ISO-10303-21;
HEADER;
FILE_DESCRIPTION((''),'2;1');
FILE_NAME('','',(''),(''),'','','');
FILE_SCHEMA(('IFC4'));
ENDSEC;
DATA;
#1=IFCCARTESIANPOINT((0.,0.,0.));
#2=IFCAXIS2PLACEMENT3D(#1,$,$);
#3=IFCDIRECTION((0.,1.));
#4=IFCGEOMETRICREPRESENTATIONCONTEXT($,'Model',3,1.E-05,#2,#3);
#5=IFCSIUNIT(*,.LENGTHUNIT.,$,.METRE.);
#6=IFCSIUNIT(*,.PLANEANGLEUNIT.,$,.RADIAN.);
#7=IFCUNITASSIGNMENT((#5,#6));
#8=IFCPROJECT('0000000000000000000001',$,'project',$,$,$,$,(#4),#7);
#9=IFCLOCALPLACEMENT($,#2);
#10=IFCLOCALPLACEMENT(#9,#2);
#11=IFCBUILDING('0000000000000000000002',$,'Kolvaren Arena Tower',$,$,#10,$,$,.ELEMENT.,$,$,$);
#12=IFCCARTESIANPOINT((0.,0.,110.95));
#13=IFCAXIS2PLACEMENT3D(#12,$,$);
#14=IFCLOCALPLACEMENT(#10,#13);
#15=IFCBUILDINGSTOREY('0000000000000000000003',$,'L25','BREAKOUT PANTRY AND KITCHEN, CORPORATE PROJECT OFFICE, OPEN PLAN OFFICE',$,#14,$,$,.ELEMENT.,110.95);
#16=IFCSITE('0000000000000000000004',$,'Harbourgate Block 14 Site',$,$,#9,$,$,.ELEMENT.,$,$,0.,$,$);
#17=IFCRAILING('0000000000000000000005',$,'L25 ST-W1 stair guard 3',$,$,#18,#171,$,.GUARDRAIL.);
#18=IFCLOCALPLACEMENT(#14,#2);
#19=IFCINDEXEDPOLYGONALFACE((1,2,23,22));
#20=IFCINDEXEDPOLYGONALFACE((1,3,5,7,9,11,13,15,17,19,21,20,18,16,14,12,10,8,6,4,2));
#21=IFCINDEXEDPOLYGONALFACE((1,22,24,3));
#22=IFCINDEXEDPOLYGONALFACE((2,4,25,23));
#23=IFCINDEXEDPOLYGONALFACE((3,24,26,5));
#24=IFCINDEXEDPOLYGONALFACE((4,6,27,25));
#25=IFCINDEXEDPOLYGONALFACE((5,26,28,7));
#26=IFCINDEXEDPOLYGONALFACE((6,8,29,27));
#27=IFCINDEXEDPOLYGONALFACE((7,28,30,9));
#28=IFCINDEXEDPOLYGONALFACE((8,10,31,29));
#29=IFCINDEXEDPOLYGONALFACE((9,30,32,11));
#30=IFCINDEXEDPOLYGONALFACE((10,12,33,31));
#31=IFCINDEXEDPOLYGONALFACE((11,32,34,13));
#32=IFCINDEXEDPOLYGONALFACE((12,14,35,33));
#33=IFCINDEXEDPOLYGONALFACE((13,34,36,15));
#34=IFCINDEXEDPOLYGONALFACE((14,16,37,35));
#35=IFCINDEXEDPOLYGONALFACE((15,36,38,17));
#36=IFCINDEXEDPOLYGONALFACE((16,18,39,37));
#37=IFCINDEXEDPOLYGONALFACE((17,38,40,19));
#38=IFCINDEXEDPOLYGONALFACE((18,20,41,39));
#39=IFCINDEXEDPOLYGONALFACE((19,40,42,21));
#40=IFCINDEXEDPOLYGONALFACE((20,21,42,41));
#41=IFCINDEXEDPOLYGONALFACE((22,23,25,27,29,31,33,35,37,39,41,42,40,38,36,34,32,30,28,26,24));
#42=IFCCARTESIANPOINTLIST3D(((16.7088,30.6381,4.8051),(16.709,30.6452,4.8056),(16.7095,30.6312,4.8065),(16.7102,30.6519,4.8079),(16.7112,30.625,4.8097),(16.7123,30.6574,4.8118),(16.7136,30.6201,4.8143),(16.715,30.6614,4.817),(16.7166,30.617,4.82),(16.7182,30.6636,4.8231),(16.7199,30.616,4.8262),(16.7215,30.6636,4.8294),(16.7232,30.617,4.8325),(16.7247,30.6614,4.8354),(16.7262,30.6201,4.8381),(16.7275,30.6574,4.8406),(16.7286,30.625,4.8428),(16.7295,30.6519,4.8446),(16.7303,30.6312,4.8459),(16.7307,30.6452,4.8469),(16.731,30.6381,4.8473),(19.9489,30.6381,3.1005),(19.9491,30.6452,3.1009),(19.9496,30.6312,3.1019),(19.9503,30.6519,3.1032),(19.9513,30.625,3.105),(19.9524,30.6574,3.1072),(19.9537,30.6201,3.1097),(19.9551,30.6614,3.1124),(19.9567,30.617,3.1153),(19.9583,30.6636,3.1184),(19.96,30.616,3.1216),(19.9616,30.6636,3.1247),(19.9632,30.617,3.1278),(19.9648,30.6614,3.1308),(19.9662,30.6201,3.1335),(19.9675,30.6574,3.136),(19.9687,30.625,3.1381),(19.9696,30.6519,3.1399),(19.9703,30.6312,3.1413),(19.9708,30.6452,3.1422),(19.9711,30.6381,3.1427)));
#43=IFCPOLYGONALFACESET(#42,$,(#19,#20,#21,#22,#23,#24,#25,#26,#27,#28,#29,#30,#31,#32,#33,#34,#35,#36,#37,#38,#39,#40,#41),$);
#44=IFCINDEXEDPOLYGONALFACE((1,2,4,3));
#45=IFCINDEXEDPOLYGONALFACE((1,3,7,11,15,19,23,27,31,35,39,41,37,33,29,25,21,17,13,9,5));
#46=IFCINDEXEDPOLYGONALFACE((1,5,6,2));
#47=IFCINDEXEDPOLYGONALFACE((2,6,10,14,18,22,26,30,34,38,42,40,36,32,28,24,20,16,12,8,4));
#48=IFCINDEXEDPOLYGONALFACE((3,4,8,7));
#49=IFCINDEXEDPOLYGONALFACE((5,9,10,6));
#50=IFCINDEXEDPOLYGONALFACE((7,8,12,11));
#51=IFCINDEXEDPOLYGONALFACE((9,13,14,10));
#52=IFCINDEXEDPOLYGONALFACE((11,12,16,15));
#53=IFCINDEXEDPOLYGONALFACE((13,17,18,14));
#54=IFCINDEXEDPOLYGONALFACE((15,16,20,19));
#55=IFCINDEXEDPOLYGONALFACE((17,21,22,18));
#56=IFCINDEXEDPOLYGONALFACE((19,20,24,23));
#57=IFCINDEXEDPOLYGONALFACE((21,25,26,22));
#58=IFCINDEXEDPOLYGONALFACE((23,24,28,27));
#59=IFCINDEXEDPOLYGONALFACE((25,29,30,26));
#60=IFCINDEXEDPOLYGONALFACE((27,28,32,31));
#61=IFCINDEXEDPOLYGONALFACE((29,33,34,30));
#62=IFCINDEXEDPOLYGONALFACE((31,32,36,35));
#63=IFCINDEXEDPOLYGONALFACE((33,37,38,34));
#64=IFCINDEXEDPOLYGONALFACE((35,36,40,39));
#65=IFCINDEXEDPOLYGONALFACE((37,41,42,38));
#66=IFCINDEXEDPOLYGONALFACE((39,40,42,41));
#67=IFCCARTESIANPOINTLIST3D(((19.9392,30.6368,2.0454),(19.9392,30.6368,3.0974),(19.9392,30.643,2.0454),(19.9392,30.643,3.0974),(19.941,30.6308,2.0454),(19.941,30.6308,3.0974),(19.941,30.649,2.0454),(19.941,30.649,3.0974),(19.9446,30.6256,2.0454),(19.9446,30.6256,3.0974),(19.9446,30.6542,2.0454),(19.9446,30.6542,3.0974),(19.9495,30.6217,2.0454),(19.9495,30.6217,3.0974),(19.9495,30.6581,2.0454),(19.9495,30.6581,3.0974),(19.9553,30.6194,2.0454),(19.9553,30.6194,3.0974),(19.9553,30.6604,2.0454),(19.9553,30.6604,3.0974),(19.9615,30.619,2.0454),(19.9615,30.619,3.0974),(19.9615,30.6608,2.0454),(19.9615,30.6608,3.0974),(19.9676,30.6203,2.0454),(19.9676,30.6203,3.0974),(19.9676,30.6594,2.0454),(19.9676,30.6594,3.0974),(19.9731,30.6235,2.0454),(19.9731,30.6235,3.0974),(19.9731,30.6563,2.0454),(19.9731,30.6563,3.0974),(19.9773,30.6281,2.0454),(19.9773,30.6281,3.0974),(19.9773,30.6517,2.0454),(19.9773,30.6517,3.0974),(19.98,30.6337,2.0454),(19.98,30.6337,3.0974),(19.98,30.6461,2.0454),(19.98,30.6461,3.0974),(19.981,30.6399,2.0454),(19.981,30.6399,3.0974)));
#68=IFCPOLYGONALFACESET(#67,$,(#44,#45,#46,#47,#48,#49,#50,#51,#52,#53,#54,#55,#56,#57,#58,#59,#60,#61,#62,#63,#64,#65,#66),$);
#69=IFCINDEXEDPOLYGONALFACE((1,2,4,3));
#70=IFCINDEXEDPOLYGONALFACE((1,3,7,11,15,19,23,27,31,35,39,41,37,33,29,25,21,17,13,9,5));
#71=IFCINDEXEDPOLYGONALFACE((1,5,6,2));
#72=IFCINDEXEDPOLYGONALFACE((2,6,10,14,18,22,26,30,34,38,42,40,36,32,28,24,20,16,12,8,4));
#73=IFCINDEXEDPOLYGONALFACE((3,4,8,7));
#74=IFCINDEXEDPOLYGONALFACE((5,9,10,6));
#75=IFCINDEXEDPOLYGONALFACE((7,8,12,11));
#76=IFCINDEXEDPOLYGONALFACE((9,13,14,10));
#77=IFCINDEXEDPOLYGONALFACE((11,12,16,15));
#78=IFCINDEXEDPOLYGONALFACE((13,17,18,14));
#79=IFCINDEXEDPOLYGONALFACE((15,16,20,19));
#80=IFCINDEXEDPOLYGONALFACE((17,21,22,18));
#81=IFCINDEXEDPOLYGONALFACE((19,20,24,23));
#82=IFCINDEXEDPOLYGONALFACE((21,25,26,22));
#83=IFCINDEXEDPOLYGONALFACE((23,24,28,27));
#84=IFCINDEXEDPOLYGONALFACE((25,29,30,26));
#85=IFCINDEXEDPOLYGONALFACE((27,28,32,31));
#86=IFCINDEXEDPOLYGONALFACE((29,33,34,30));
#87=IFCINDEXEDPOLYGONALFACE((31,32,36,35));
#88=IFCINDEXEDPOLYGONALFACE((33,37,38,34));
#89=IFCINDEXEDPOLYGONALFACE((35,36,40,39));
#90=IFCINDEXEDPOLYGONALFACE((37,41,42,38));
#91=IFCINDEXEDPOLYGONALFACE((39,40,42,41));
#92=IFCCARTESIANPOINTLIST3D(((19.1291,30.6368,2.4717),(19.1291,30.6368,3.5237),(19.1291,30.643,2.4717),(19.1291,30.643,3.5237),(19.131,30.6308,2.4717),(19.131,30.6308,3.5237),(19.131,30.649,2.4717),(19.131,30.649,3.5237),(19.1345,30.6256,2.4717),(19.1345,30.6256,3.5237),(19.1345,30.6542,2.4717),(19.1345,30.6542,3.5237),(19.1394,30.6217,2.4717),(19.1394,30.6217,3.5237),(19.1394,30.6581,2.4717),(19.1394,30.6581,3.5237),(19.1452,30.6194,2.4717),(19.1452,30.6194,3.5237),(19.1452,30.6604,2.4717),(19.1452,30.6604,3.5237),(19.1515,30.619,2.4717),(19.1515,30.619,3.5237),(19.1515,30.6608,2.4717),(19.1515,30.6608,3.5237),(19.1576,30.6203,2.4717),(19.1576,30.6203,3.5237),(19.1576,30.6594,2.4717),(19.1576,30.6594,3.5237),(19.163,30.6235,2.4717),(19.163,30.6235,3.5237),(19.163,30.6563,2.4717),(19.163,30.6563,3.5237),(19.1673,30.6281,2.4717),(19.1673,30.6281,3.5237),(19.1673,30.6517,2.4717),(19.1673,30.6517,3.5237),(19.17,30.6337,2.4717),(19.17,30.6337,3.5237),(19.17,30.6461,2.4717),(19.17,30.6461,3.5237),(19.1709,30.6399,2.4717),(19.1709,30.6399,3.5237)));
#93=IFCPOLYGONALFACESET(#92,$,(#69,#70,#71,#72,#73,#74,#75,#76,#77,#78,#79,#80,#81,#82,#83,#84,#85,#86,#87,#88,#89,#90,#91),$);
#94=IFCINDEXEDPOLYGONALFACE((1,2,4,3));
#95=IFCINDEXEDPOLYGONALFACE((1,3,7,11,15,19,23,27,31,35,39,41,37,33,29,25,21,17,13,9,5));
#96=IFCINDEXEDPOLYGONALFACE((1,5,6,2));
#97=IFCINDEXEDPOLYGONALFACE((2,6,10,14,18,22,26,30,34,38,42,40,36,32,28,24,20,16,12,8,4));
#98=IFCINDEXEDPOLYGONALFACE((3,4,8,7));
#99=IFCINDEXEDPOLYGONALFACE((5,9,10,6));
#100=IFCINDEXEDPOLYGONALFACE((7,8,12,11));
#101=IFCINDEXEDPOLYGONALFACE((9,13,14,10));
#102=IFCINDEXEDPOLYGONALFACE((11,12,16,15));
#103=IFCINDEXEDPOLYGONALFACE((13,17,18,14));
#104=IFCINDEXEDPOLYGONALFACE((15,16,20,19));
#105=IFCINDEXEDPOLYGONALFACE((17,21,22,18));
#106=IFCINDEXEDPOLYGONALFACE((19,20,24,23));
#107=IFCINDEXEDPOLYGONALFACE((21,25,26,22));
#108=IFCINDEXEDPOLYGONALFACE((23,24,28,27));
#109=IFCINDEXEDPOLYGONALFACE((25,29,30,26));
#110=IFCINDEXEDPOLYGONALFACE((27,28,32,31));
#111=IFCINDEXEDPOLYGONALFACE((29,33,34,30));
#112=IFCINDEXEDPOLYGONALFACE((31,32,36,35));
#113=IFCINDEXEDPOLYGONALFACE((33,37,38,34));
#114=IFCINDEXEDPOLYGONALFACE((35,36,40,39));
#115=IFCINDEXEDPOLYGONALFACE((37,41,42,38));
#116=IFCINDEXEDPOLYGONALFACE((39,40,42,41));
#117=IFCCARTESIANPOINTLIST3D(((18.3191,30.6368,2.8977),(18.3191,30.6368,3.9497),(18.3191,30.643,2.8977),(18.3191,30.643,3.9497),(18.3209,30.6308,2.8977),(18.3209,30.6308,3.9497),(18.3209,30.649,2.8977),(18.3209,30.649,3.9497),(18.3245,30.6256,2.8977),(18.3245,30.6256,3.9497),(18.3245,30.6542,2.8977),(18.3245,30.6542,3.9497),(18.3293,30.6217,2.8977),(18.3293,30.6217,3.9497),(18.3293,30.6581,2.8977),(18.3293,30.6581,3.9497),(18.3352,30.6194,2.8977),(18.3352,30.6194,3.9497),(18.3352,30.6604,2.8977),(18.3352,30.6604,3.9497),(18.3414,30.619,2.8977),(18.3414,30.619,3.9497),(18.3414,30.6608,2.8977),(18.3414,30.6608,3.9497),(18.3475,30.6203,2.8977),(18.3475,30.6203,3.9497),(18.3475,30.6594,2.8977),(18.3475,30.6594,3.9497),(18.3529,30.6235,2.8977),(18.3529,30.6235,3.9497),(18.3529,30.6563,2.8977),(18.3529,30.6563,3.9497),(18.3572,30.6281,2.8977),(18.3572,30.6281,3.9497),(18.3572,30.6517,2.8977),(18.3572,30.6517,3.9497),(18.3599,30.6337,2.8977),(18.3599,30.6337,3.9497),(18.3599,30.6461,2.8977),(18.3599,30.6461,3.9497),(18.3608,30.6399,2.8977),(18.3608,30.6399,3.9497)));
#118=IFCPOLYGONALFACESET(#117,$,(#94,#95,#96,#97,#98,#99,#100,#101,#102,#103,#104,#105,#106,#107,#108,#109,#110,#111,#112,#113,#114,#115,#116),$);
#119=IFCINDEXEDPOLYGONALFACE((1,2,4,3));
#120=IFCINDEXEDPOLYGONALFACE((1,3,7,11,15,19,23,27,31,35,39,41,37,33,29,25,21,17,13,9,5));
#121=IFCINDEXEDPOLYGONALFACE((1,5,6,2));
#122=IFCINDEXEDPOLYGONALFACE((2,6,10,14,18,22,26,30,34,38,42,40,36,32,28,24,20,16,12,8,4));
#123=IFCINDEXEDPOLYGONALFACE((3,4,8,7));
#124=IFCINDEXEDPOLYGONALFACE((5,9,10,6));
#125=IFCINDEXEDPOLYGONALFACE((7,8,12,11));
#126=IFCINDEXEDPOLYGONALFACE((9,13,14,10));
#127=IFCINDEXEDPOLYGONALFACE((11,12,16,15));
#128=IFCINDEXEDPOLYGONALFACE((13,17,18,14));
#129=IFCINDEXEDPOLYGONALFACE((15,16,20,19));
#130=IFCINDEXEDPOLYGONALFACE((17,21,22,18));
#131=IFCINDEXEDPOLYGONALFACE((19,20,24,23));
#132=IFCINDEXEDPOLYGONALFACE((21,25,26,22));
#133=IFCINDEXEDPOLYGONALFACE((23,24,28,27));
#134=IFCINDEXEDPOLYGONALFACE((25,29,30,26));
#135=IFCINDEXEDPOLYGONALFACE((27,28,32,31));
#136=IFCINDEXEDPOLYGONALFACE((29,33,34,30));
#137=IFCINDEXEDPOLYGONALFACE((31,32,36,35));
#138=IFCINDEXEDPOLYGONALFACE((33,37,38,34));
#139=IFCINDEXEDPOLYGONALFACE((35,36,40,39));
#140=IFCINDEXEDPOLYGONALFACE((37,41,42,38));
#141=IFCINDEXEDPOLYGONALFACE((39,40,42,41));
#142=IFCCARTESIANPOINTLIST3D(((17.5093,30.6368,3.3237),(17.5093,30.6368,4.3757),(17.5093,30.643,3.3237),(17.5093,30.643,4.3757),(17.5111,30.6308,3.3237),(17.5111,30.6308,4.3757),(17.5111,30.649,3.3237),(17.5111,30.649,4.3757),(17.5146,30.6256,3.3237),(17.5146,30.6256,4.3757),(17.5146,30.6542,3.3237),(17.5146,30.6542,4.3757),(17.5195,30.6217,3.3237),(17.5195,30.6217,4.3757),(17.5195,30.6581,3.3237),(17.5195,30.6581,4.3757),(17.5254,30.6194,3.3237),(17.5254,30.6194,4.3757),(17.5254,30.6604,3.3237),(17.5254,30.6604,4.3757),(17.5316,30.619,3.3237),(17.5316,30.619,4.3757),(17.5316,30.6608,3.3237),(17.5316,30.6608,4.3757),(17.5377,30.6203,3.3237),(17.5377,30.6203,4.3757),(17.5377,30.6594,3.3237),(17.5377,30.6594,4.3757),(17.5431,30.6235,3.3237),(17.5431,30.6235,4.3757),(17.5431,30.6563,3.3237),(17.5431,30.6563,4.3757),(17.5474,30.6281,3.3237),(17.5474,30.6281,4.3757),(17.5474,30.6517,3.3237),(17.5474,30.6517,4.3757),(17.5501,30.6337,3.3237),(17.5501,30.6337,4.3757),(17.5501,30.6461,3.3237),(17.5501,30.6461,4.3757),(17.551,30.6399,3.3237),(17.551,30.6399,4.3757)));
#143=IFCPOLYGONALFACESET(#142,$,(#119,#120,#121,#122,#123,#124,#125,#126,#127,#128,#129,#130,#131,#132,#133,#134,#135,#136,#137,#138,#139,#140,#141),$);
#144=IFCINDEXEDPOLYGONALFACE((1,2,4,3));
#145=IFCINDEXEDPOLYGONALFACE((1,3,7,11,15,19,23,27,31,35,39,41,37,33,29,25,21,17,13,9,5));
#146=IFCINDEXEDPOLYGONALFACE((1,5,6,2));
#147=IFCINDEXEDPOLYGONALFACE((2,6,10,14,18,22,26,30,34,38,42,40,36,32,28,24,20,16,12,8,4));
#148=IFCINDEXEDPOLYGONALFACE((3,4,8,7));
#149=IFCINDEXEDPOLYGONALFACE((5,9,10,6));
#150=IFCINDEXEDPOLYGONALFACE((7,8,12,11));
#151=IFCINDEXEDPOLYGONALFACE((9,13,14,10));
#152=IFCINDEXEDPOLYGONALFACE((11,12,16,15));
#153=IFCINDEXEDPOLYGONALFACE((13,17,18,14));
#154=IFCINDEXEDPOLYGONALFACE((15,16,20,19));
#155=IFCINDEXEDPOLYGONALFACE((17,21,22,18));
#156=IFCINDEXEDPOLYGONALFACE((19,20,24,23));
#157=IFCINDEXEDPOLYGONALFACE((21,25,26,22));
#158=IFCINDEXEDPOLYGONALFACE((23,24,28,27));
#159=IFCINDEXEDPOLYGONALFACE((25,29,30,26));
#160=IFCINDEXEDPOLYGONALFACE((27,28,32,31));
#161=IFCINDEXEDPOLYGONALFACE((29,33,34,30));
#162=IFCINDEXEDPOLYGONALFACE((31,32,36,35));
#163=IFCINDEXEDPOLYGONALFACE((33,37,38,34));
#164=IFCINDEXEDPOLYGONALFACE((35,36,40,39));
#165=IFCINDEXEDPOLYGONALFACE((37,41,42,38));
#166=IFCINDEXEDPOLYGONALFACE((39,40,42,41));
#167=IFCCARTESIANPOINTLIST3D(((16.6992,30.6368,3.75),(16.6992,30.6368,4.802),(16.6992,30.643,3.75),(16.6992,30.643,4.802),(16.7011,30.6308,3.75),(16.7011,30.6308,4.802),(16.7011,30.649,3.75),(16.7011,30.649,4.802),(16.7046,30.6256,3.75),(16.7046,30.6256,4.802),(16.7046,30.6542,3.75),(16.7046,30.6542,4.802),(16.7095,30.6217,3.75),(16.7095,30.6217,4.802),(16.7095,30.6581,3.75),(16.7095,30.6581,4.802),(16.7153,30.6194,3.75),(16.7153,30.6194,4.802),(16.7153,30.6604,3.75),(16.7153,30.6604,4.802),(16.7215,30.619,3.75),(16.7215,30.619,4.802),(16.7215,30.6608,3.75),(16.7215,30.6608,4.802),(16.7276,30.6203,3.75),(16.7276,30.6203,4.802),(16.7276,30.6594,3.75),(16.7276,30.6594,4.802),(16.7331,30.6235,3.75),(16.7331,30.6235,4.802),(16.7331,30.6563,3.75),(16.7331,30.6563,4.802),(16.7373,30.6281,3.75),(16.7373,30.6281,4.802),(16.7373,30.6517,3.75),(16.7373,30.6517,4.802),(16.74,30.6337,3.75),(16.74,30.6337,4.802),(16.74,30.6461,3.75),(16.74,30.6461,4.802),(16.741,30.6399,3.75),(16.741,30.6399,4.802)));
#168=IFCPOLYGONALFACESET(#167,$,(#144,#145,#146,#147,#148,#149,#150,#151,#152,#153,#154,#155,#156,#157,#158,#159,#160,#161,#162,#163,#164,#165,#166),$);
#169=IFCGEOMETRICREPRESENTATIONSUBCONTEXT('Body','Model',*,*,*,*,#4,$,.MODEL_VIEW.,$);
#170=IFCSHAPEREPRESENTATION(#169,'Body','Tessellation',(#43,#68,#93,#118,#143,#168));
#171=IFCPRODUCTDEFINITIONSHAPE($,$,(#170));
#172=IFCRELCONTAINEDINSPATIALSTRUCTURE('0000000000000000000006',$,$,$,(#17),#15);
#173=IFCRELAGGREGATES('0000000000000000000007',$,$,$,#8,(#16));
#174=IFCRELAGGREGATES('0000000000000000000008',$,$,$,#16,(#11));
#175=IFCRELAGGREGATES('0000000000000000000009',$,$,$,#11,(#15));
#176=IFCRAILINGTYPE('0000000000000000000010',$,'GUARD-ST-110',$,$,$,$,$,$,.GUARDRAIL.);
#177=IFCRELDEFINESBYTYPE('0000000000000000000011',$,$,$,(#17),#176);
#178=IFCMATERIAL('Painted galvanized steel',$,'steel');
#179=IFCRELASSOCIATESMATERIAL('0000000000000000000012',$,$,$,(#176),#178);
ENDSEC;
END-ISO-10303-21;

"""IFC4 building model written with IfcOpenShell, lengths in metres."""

from ifc_helpers import new_model, si_unit, direction, frame, origin, origin_2d, place, context, subcontext, project, spatial, circle, extrude, material, type_object, element, save


model = new_model("IFC4")

# Units and contexts
model_context = context("Model", 3, precision=1e-05, world=origin(), true_north=direction((0.0, 1.0)))
body_context = subcontext(model_context, "Body", "Model", "MODEL_VIEW")
ifc_project = project(units=[si_unit("LENGTHUNIT", "METRE"), si_unit("PLANEANGLEUNIT", "RADIAN")], contexts=[model_context])

# Site, building, storey
site_placement = place(None, origin())
site = spatial("IfcSite", under=ifc_project, at=site_placement, Name="Harbourgate Block 14 Site", CompositionType="ELEMENT", RefElevation=0.0)
building_placement = place(site_placement, origin())
building = spatial("IfcBuilding", under=site, at=building_placement, Name="Kolvaren Arena Tower", CompositionType="ELEMENT")
storey_placement = place(building_placement, frame((0.0, 0.0, 110.95)))
storey = spatial("IfcBuildingStorey", under=building, at=storey_placement, Name="L25", Description="BREAKOUT PANTRY AND KITCHEN, CORPORATE PROJECT OFFICE, OPEN PLAN OFFICE", CompositionType="ELEMENT", Elevation=110.95)

# Railing
ifc_material_1 = material(Name="Painted galvanized steel", Category="steel")
railing_type_1 = type_object("IfcRailingType", Name="GUARD-ST-110", PredefinedType="GUARDRAIL", material=ifc_material_1)
railing_1_placement = place(storey_placement, frame((19.96, 30.6399, 2.0454)))
element("IfcRailing", 1, at=railing_1_placement, inside=storey, type_object=railing_type_1, Name="L25 ST-W1 stair guard 3", PredefinedType="GUARDRAIL", context=body_context, shape_type="SweptSolid", body=[
    extrude(circle(Radius=0.0239, at=origin_2d()), frame((0.0, 0.0, 1.0762), z_axis=(-0.884993, 0.0, 0.465604), x_axis=(0.0, -1.0, 0.0)), (0.0, 0.0, 1.0), 3.6611),
    extrude(circle(Radius=0.021, at=origin_2d()), origin(), (0.0, 0.0, 1.0), 1.052),
    extrude(circle(Radius=0.021, at=origin_2d()), frame((-0.8101, 0.0, 0.4263)), (0.0, 0.0, 1.0), 1.052),
    extrude(circle(Radius=0.021, at=origin_2d()), frame((-1.6201, 0.0, 0.8523)), (0.0, 0.0, 1.0), 1.052),
    extrude(circle(Radius=0.021, at=origin_2d()), frame((-2.4299, 0.0, 1.2783)), (0.0, 0.0, 1.0), 1.052),
    extrude(circle(Radius=0.021, at=origin_2d()), frame((-3.24, 0.0, 1.7046)), (0.0, 0.0, 1.0), 1.052),
])

save(model, "model.ifc")
